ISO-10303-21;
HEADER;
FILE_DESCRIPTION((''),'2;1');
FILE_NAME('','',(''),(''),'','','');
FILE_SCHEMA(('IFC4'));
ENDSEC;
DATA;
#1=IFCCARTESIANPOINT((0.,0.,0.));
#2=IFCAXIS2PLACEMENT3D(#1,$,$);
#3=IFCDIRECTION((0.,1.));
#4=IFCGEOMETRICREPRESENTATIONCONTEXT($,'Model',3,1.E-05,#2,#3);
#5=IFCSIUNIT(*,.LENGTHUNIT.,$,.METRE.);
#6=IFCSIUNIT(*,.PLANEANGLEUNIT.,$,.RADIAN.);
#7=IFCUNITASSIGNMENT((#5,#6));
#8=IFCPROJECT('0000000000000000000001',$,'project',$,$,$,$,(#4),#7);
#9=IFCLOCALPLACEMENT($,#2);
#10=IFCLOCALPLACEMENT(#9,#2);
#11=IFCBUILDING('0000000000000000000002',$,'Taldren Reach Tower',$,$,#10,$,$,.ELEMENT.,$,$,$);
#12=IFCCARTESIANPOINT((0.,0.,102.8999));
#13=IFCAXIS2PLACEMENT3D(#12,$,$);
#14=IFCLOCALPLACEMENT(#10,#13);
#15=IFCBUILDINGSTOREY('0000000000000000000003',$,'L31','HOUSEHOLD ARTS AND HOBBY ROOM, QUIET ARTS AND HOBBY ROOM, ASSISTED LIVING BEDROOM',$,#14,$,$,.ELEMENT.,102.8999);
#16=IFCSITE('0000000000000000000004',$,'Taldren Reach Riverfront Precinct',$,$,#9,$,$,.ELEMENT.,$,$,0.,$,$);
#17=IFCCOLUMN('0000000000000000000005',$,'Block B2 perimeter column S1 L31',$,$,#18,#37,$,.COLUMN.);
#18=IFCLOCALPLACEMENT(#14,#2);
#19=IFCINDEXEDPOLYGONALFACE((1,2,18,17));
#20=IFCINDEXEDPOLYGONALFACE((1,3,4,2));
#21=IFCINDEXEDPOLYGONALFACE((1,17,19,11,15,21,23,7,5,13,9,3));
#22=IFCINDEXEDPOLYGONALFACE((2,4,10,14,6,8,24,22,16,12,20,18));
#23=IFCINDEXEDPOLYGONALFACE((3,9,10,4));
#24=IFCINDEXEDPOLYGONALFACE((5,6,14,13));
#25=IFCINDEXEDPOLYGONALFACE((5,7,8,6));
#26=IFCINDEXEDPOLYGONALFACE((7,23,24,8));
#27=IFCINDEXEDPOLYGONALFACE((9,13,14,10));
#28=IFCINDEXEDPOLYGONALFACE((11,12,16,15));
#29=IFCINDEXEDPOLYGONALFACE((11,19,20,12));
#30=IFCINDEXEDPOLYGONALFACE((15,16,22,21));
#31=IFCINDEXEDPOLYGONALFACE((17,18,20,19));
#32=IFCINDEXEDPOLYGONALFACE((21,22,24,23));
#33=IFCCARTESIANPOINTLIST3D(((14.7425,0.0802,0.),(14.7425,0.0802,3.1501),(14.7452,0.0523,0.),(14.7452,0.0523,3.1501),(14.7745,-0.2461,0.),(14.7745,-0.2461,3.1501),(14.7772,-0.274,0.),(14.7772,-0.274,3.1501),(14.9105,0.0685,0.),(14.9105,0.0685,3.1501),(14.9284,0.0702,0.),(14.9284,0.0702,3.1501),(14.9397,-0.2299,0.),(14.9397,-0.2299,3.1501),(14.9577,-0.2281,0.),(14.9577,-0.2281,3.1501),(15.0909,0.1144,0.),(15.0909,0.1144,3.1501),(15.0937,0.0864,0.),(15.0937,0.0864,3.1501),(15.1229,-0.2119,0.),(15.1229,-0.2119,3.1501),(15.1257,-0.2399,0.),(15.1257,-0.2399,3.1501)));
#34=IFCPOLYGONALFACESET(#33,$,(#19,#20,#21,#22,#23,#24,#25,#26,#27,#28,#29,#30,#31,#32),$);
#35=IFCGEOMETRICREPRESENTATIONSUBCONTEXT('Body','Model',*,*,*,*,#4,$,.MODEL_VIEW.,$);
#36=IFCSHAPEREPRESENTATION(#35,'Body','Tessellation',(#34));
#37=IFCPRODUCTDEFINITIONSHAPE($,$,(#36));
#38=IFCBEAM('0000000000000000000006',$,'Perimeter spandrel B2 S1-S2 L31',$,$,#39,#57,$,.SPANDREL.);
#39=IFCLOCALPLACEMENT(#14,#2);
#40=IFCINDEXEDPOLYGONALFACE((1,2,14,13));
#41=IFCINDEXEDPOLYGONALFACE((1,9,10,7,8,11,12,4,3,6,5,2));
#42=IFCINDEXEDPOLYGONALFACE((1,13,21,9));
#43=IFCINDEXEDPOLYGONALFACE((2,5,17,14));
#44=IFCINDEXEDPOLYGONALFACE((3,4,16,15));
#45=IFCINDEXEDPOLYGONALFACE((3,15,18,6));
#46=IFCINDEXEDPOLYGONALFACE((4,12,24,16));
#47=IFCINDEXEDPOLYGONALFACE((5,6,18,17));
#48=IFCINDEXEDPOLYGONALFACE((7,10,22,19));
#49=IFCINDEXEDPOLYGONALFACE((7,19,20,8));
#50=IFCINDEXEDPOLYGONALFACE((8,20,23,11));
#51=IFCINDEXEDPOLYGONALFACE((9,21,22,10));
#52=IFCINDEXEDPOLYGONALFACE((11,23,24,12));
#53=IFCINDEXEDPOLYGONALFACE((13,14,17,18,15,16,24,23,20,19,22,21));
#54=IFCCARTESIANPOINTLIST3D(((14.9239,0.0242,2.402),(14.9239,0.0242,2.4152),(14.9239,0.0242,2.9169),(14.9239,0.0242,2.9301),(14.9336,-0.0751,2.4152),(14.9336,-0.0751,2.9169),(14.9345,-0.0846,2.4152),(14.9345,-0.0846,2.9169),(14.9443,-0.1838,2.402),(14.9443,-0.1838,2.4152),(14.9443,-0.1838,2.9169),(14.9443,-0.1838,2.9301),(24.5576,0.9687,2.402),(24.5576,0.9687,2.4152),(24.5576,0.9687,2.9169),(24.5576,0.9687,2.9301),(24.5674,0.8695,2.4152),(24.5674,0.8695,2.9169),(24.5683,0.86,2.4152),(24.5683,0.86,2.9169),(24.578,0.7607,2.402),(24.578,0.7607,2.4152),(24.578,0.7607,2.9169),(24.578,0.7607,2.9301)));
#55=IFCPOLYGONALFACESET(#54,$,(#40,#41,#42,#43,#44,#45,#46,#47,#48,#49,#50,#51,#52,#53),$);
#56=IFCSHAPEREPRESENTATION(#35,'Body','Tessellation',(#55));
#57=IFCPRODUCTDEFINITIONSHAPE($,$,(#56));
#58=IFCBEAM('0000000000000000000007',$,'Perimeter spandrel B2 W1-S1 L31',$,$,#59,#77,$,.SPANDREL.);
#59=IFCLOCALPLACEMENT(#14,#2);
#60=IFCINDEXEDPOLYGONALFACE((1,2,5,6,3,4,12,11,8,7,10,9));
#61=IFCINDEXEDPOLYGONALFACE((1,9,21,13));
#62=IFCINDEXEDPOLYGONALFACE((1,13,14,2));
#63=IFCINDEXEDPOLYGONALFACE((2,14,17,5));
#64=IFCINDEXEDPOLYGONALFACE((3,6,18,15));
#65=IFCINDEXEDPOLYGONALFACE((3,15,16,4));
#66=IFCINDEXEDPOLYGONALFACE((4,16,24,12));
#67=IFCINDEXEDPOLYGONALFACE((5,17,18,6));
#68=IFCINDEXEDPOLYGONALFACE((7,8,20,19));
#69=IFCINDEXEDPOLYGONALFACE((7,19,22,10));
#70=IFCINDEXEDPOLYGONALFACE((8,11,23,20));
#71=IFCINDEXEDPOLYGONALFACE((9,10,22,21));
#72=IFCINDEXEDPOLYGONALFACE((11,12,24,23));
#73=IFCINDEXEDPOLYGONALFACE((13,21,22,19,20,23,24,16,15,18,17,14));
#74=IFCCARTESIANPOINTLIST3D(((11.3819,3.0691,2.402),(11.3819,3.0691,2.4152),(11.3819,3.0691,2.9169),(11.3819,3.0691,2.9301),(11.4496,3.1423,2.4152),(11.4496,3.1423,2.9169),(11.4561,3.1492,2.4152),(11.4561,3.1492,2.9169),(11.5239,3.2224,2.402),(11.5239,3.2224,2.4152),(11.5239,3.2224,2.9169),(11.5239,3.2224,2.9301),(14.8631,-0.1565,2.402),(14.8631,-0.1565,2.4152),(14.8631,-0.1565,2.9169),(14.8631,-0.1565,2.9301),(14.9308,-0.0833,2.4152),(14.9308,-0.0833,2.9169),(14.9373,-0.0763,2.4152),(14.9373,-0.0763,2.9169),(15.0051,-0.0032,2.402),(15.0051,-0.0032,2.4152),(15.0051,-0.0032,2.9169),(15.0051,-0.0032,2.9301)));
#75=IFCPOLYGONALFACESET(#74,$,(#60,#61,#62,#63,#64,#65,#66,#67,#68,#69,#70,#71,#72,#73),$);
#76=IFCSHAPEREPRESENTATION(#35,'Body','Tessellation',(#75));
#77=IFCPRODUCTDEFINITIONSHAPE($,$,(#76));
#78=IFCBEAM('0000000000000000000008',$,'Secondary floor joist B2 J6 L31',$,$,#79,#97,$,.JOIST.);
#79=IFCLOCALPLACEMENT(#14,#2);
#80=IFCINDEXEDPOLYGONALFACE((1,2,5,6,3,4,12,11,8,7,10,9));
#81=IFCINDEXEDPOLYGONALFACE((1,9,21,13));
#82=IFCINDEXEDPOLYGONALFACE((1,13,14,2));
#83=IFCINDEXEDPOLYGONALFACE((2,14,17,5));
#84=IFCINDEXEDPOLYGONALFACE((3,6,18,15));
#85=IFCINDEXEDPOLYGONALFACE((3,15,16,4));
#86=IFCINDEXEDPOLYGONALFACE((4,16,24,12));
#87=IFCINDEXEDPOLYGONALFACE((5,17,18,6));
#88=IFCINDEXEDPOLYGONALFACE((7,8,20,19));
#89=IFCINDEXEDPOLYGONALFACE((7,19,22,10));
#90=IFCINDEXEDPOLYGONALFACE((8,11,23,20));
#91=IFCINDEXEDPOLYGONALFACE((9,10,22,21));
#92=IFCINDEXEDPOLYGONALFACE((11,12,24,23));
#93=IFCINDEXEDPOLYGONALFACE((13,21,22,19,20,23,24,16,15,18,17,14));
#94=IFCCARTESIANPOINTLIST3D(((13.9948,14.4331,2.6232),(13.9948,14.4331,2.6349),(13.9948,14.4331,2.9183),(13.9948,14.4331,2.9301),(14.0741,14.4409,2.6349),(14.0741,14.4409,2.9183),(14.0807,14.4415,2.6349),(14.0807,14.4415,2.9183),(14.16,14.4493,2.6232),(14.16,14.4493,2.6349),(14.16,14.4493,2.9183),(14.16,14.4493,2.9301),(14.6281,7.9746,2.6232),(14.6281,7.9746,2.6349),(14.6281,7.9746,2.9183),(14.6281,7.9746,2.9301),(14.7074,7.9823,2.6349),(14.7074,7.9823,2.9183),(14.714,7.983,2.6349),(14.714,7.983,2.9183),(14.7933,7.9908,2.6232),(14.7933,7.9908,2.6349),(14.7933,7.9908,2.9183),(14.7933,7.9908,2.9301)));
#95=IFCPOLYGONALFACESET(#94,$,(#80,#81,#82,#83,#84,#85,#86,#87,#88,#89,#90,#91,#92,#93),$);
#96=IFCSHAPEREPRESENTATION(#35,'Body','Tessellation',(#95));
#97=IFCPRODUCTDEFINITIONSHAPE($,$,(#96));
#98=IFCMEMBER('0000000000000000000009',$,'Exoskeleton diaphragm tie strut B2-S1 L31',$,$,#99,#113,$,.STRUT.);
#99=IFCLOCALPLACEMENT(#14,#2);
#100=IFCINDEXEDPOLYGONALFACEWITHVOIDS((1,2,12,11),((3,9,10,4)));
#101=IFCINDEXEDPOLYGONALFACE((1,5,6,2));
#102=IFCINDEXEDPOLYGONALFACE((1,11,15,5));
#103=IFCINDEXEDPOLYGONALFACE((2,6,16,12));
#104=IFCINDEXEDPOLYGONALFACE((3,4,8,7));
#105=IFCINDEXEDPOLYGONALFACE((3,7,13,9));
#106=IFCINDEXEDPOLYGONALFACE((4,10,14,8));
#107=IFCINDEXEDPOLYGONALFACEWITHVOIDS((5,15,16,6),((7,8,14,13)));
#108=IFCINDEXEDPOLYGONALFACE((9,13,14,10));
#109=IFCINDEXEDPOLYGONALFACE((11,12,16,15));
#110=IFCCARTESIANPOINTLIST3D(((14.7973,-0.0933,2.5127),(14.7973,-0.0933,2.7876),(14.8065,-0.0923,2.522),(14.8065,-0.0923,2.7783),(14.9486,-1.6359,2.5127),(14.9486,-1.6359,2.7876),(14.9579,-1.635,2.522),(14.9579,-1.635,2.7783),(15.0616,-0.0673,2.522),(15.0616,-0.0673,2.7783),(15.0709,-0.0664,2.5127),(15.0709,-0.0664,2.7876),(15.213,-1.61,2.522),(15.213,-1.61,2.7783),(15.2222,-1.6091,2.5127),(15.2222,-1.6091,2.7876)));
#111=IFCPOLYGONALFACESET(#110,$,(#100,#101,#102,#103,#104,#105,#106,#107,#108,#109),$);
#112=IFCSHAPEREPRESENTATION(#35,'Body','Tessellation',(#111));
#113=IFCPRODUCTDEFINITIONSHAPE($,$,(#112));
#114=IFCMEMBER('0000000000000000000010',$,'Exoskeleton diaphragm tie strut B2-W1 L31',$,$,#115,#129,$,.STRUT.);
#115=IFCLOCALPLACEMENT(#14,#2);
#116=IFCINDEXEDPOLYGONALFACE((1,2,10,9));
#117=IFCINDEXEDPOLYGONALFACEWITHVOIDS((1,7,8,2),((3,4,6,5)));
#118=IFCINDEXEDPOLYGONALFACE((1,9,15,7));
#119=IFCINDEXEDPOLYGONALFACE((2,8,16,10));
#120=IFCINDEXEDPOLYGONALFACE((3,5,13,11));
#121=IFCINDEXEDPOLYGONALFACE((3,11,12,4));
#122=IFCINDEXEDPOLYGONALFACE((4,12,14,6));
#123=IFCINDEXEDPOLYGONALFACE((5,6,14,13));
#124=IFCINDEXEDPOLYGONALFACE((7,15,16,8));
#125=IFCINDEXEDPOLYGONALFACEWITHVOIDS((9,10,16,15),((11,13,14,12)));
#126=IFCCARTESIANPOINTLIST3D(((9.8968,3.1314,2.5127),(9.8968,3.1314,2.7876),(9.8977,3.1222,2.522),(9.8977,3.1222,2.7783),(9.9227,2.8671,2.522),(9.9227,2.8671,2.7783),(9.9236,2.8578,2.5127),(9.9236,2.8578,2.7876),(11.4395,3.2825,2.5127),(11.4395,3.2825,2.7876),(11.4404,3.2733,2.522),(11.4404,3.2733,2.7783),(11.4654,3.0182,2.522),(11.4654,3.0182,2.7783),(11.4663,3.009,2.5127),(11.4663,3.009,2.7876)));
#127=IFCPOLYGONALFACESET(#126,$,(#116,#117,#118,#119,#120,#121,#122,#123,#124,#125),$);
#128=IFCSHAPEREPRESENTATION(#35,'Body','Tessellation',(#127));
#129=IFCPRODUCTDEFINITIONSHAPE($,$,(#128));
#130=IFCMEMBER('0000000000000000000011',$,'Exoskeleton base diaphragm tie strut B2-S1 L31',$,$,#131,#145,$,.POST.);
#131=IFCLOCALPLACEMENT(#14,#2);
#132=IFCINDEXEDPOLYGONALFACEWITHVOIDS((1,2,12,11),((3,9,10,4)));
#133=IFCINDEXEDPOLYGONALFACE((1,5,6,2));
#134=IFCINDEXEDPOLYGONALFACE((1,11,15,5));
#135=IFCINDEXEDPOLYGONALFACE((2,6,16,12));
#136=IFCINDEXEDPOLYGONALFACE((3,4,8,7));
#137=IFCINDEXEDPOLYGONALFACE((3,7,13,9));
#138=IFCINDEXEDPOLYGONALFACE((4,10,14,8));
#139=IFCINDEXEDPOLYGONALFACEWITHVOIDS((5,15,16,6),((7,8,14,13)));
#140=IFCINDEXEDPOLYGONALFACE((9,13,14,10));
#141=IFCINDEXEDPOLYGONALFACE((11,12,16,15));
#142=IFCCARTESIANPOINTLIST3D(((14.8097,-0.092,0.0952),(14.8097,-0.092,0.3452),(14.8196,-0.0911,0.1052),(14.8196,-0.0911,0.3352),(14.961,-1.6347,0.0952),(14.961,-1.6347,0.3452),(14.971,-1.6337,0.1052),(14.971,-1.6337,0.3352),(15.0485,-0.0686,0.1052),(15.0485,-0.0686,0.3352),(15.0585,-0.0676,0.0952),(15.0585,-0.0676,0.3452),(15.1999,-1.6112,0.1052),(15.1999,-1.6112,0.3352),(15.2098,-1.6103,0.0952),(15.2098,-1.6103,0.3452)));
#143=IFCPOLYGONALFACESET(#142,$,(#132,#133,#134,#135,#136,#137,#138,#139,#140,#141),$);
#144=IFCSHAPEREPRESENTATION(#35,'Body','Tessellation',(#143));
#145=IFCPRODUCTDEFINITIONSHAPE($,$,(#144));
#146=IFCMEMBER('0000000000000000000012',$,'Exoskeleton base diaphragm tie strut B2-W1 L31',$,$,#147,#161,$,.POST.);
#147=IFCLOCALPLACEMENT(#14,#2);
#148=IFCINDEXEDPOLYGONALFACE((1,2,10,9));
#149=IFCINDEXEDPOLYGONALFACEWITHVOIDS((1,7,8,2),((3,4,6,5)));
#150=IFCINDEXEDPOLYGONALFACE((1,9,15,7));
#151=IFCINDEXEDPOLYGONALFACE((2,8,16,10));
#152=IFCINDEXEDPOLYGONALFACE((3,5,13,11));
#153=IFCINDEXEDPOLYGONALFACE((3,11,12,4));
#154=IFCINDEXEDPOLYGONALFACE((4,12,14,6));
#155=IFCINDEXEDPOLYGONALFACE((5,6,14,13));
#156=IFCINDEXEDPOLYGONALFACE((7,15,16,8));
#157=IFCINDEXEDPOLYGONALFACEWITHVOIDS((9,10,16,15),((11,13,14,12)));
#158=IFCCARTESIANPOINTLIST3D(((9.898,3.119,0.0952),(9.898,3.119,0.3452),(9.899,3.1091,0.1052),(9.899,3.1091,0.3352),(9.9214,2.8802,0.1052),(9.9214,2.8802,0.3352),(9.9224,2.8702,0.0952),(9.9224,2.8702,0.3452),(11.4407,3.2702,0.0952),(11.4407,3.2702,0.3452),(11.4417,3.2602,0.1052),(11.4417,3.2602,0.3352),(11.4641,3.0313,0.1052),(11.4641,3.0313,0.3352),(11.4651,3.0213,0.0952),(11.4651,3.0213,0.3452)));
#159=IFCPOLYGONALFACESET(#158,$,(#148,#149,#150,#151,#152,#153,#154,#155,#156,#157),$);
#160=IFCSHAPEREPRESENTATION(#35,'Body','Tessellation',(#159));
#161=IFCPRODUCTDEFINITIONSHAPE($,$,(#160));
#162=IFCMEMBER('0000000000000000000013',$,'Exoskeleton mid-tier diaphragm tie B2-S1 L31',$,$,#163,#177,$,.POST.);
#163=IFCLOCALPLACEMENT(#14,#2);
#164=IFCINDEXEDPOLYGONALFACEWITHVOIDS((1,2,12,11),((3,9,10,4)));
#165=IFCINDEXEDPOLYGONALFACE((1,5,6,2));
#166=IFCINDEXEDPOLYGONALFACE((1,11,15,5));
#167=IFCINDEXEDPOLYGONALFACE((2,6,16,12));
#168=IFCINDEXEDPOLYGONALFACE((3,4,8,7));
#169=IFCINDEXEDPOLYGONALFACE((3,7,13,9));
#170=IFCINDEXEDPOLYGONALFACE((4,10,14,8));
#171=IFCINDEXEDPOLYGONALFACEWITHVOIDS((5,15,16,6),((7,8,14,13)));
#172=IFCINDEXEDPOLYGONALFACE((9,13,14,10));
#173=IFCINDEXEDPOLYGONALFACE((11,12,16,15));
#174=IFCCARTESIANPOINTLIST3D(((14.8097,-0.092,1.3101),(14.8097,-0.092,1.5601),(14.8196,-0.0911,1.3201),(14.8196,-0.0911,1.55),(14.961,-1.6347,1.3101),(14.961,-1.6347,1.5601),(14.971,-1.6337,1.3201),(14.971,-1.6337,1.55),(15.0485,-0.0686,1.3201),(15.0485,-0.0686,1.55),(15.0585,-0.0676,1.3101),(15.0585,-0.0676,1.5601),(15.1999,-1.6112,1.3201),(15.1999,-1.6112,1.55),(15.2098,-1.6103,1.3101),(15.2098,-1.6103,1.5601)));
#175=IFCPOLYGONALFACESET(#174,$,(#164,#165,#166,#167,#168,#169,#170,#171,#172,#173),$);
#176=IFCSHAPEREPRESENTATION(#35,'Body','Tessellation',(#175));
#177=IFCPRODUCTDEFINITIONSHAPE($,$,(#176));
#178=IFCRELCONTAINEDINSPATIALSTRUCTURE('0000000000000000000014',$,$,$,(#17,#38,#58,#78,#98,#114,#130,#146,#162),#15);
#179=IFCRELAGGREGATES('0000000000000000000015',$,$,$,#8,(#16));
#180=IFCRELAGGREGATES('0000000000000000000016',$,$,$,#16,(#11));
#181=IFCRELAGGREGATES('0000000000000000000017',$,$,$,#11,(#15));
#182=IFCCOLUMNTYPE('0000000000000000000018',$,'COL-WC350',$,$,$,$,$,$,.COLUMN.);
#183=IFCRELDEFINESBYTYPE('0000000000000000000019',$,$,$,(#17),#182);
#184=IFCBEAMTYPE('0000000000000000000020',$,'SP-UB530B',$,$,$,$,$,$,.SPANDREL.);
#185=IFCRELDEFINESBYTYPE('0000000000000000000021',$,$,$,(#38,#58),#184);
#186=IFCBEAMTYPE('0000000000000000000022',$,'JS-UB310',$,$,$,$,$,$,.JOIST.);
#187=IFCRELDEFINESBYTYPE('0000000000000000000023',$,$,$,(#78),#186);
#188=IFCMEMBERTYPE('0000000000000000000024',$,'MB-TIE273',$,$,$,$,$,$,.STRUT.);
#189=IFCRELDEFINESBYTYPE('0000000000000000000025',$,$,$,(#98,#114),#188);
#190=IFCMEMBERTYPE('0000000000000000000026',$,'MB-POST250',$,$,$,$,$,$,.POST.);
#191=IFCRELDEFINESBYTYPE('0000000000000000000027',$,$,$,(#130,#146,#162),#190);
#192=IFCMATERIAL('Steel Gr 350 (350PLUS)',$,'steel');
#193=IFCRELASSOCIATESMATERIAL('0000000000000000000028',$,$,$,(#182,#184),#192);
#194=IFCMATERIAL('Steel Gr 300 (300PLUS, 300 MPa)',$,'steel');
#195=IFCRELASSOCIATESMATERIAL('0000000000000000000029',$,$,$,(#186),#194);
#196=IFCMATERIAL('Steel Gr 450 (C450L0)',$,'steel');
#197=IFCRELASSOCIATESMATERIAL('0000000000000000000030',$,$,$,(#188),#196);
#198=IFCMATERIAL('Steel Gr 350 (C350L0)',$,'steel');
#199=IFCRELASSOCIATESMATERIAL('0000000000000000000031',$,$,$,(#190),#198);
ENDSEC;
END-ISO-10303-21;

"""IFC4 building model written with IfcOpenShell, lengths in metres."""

from ifc_helpers import new_model, si_unit, direction, frame, origin, origin_2d, place, context, subcontext, project, spatial, hollow_rectangle, i_section, extrude, source, transform, mapped, material, material_profile, profile_set, type_object, element, save


model = new_model("IFC4")

# Units and contexts
model_context = context("Model", 3, precision=1e-05, world=origin(), true_north=direction((0.0, 1.0)))
body_context = subcontext(model_context, "Body", "Model", "MODEL_VIEW")
ifc_project = project(units=[si_unit("LENGTHUNIT", "METRE"), si_unit("PLANEANGLEUNIT", "RADIAN")], contexts=[model_context])

# Site, building, storey
site_placement = place(None, origin())
site = spatial("IfcSite", under=ifc_project, at=site_placement, Name="Taldren Reach Riverfront Precinct", CompositionType="ELEMENT", RefElevation=0.0)
building_placement = place(site_placement, origin())
building = spatial("IfcBuilding", under=site, at=building_placement, Name="Taldren Reach Tower", CompositionType="ELEMENT")
storey_placement = place(building_placement, frame((0.0, 0.0, 102.8999)))
storey = spatial("IfcBuildingStorey", under=building, at=storey_placement, Name="L31", Description="HOUSEHOLD ARTS AND HOBBY ROOM, QUIET ARTS AND HOBBY ROOM, ASSISTED LIVING BEDROOM", CompositionType="ELEMENT", Elevation=102.8999)

# Column
ifc_material_1 = material(Name="Steel Gr 350 (350PLUS)", Category="steel")
ifc_material_profile_1 = material_profile(ifc_material_1, i_section(OverallWidth=0.3501, OverallDepth=0.356, WebThickness=0.0181, FlangeThickness=0.0281, at=origin_2d()), Name="350WC197")
ifc_profile_set_1 = profile_set([ifc_material_profile_1], Name="Steel Gr 350 (350PLUS)")
column_type = type_object("IfcColumnType", Name="COL-WC350", PredefinedType="COLUMN", material=ifc_profile_set_1)
shared_shape_1 = source(origin(), body_context, "Body", "SweptSolid", [
    extrude(i_section(OverallWidth=0.3501, OverallDepth=0.356, WebThickness=0.0181, FlangeThickness=0.0281, at=origin_2d()), origin(), (0.0, 0.0, 1.0), 3.1501),
])
column_placement = place(storey_placement, frame((14.9341, -0.0798, 0.0), z_axis=(0.0, 0.0, 1.0), x_axis=(0.995227, 0.097583, 0.0)))
element("IfcColumn", 1, at=column_placement, inside=storey, type_object=column_type, Name="Block B2 perimeter column S1 L31", PredefinedType="COLUMN", context=body_context, shape_type="MappedRepresentation", body=[
    mapped(shared_shape_1, transform((0.0, 0.0, 0.0), scale=1.0)),
])

# Beams
ifc_material_profile_2 = material_profile(ifc_material_1, i_section(OverallWidth=0.209, OverallDepth=0.5281, WebThickness=0.0095, FlangeThickness=0.0132, at=origin_2d()), Name="530UB82.0")
ifc_profile_set_2 = profile_set([ifc_material_profile_2], Name="Steel Gr 350 (350PLUS)")
beam_type_1 = type_object("IfcBeamType", Name="SP-UB530B", PredefinedType="SPANDREL", material=ifc_profile_set_2)
shared_shape_2 = source(origin(), body_context, "Body", "SweptSolid", [
    extrude(i_section(OverallWidth=0.209, OverallDepth=0.5281, WebThickness=0.0095, FlangeThickness=0.0132, at=origin_2d()), origin(), (0.0, 0.0, 1.0), 9.6799),
])
beam_1_placement = place(storey_placement, frame((14.9341, -0.0798, 2.666), z_axis=(0.995228, 0.097581, 0.0), x_axis=(-0.097581, 0.995228, 0.0)))
element("IfcBeam", 2, at=beam_1_placement, inside=storey, type_object=beam_type_1, Name="Perimeter spandrel B2 S1-S2 L31", PredefinedType="SPANDREL", context=body_context, shape_type="MappedRepresentation", body=[
    mapped(shared_shape_2, transform((0.0, 0.0, 0.0), scale=1.0)),
])
shared_shape_3 = source(origin(), body_context, "Body", "SweptSolid", [
    extrude(i_section(OverallWidth=0.209, OverallDepth=0.5281, WebThickness=0.0095, FlangeThickness=0.0132, at=origin_2d()), origin(), (0.0, 0.0, 1.0), 4.7458),
])
beam_2_placement = place(storey_placement, frame((11.4529, 3.1458, 2.666), z_axis=(0.733524, -0.679663, 0.0), x_axis=(0.679663, 0.733524, 0.0)))
element("IfcBeam", 3, at=beam_2_placement, inside=storey, type_object=beam_type_1, Name="Perimeter spandrel B2 W1-S1 L31", PredefinedType="SPANDREL", context=body_context, shape_type="MappedRepresentation", body=[
    mapped(shared_shape_3, transform((0.0, 0.0, 0.0), scale=1.0)),
])
ifc_material_2 = material(Name="Steel Gr 300 (300PLUS, 300 MPa)", Category="steel")
ifc_material_profile_3 = material_profile(ifc_material_2, i_section(OverallWidth=0.166, OverallDepth=0.3069, WebThickness=0.0066, FlangeThickness=0.0117, at=origin_2d()), Name="310UB46.2")
ifc_profile_set_3 = profile_set([ifc_material_profile_3], Name="Steel Gr 300 (300PLUS, 300 MPa)")
beam_type_2 = type_object("IfcBeamType", Name="JS-UB310", PredefinedType="JOIST", material=ifc_profile_set_3)
shared_shape_4 = source(origin(), body_context, "Body", "SweptSolid", [
    extrude(i_section(OverallWidth=0.166, OverallDepth=0.3069, WebThickness=0.0066, FlangeThickness=0.0117, at=origin_2d()), origin(), (0.0, 0.0, 1.0), 6.4895),
])
beam_3_placement = place(storey_placement, frame((14.7107, 7.9827, 2.7766), z_axis=(-0.097589, 0.995227, 0.0), x_axis=(-0.995227, -0.097589, 0.0)))
element("IfcBeam", 4, at=beam_3_placement, inside=storey, type_object=beam_type_2, Name="Secondary floor joist B2 J6 L31", PredefinedType="JOIST", context=body_context, shape_type="MappedRepresentation", body=[
    mapped(shared_shape_4, transform((0.0, 0.0, 0.0), scale=1.0)),
])

# Members
ifc_material_3 = material(Name="Steel Gr 450 (C450L0)", Category="steel")
ifc_material_profile_4 = material_profile(ifc_material_3, hollow_rectangle(XDim=0.2749, YDim=0.2749, WallThickness=0.0093, at=origin_2d()), Name="275x275x9.3SHS")
ifc_profile_set_4 = profile_set([ifc_material_profile_4], Name="Steel Gr 450 (C450L0)")
member_type_1 = type_object("IfcMemberType", Name="MB-TIE273", PredefinedType="STRUT", material=ifc_profile_set_4)
shared_shape_5 = source(origin(), body_context, "Body", "SweptSolid", [
    extrude(hollow_rectangle(XDim=0.2749, YDim=0.2749, WallThickness=0.0093, at=origin_2d()), origin(), (0.0, 0.0, 1.0), 1.55),
])
for number, where, z_axis, x_axis, name in (
    (5, (14.9341, -0.0798, 2.6501), (0.097648, -0.995221, 0.0), (0.995221, 0.097648, 0.0), "Exoskeleton diaphragm tie strut B2-S1 L31"),
    (6, (11.4529, 3.1458, 2.6501), (-0.995236, -0.097492, 0.0), (0.097492, -0.995236, 0.0), "Exoskeleton diaphragm tie strut B2-W1 L31"),
):
    element("IfcMember", number, at=place(storey_placement, frame(where, z_axis=z_axis, x_axis=x_axis)), inside=storey, type_object=member_type_1, Name=name, PredefinedType="STRUT", context=body_context, shape_type="MappedRepresentation", body=[
        mapped(shared_shape_5, transform((0.0, 0.0, 0.0), scale=1.0)),
    ])
ifc_material_4 = material(Name="Steel Gr 350 (C350L0)", Category="steel")
ifc_material_profile_5 = material_profile(ifc_material_4, hollow_rectangle(XDim=0.25, YDim=0.25, WallThickness=0.01, at=origin_2d()), Name="250x250x10.0SHS")
ifc_profile_set_5 = profile_set([ifc_material_profile_5], Name="Steel Gr 350 (C350L0)")
member_type_2 = type_object("IfcMemberType", Name="MB-POST250", PredefinedType="POST", material=ifc_profile_set_5)
shared_shape_6 = source(origin(), body_context, "Body", "SweptSolid", [
    extrude(hollow_rectangle(XDim=0.25, YDim=0.25, WallThickness=0.01, at=origin_2d()), origin(), (0.0, 0.0, 1.0), 1.55),
])
for number, where, z_axis, x_axis, name in (
    (7, (14.9341, -0.0798, 0.2202), (0.097648, -0.995221, 0.0), (0.995221, 0.097648, 0.0), "Exoskeleton base diaphragm tie strut B2-S1 L31"),
    (8, (11.4529, 3.1458, 0.2202), (-0.995236, -0.097492, 0.0), (0.097492, -0.995236, 0.0), "Exoskeleton base diaphragm tie strut B2-W1 L31"),
    (9, (14.9341, -0.0798, 1.4351), (0.097648, -0.995221, 0.0), (0.995221, 0.097648, 0.0), "Exoskeleton mid-tier diaphragm tie B2-S1 L31"),
):
    element("IfcMember", number, at=place(storey_placement, frame(where, z_axis=z_axis, x_axis=x_axis)), inside=storey, type_object=member_type_2, Name=name, PredefinedType="POST", context=body_context, shape_type="MappedRepresentation", body=[
        mapped(shared_shape_6, transform((0.0, 0.0, 0.0), scale=1.0)),
    ])

save(model, "model.ifc")
